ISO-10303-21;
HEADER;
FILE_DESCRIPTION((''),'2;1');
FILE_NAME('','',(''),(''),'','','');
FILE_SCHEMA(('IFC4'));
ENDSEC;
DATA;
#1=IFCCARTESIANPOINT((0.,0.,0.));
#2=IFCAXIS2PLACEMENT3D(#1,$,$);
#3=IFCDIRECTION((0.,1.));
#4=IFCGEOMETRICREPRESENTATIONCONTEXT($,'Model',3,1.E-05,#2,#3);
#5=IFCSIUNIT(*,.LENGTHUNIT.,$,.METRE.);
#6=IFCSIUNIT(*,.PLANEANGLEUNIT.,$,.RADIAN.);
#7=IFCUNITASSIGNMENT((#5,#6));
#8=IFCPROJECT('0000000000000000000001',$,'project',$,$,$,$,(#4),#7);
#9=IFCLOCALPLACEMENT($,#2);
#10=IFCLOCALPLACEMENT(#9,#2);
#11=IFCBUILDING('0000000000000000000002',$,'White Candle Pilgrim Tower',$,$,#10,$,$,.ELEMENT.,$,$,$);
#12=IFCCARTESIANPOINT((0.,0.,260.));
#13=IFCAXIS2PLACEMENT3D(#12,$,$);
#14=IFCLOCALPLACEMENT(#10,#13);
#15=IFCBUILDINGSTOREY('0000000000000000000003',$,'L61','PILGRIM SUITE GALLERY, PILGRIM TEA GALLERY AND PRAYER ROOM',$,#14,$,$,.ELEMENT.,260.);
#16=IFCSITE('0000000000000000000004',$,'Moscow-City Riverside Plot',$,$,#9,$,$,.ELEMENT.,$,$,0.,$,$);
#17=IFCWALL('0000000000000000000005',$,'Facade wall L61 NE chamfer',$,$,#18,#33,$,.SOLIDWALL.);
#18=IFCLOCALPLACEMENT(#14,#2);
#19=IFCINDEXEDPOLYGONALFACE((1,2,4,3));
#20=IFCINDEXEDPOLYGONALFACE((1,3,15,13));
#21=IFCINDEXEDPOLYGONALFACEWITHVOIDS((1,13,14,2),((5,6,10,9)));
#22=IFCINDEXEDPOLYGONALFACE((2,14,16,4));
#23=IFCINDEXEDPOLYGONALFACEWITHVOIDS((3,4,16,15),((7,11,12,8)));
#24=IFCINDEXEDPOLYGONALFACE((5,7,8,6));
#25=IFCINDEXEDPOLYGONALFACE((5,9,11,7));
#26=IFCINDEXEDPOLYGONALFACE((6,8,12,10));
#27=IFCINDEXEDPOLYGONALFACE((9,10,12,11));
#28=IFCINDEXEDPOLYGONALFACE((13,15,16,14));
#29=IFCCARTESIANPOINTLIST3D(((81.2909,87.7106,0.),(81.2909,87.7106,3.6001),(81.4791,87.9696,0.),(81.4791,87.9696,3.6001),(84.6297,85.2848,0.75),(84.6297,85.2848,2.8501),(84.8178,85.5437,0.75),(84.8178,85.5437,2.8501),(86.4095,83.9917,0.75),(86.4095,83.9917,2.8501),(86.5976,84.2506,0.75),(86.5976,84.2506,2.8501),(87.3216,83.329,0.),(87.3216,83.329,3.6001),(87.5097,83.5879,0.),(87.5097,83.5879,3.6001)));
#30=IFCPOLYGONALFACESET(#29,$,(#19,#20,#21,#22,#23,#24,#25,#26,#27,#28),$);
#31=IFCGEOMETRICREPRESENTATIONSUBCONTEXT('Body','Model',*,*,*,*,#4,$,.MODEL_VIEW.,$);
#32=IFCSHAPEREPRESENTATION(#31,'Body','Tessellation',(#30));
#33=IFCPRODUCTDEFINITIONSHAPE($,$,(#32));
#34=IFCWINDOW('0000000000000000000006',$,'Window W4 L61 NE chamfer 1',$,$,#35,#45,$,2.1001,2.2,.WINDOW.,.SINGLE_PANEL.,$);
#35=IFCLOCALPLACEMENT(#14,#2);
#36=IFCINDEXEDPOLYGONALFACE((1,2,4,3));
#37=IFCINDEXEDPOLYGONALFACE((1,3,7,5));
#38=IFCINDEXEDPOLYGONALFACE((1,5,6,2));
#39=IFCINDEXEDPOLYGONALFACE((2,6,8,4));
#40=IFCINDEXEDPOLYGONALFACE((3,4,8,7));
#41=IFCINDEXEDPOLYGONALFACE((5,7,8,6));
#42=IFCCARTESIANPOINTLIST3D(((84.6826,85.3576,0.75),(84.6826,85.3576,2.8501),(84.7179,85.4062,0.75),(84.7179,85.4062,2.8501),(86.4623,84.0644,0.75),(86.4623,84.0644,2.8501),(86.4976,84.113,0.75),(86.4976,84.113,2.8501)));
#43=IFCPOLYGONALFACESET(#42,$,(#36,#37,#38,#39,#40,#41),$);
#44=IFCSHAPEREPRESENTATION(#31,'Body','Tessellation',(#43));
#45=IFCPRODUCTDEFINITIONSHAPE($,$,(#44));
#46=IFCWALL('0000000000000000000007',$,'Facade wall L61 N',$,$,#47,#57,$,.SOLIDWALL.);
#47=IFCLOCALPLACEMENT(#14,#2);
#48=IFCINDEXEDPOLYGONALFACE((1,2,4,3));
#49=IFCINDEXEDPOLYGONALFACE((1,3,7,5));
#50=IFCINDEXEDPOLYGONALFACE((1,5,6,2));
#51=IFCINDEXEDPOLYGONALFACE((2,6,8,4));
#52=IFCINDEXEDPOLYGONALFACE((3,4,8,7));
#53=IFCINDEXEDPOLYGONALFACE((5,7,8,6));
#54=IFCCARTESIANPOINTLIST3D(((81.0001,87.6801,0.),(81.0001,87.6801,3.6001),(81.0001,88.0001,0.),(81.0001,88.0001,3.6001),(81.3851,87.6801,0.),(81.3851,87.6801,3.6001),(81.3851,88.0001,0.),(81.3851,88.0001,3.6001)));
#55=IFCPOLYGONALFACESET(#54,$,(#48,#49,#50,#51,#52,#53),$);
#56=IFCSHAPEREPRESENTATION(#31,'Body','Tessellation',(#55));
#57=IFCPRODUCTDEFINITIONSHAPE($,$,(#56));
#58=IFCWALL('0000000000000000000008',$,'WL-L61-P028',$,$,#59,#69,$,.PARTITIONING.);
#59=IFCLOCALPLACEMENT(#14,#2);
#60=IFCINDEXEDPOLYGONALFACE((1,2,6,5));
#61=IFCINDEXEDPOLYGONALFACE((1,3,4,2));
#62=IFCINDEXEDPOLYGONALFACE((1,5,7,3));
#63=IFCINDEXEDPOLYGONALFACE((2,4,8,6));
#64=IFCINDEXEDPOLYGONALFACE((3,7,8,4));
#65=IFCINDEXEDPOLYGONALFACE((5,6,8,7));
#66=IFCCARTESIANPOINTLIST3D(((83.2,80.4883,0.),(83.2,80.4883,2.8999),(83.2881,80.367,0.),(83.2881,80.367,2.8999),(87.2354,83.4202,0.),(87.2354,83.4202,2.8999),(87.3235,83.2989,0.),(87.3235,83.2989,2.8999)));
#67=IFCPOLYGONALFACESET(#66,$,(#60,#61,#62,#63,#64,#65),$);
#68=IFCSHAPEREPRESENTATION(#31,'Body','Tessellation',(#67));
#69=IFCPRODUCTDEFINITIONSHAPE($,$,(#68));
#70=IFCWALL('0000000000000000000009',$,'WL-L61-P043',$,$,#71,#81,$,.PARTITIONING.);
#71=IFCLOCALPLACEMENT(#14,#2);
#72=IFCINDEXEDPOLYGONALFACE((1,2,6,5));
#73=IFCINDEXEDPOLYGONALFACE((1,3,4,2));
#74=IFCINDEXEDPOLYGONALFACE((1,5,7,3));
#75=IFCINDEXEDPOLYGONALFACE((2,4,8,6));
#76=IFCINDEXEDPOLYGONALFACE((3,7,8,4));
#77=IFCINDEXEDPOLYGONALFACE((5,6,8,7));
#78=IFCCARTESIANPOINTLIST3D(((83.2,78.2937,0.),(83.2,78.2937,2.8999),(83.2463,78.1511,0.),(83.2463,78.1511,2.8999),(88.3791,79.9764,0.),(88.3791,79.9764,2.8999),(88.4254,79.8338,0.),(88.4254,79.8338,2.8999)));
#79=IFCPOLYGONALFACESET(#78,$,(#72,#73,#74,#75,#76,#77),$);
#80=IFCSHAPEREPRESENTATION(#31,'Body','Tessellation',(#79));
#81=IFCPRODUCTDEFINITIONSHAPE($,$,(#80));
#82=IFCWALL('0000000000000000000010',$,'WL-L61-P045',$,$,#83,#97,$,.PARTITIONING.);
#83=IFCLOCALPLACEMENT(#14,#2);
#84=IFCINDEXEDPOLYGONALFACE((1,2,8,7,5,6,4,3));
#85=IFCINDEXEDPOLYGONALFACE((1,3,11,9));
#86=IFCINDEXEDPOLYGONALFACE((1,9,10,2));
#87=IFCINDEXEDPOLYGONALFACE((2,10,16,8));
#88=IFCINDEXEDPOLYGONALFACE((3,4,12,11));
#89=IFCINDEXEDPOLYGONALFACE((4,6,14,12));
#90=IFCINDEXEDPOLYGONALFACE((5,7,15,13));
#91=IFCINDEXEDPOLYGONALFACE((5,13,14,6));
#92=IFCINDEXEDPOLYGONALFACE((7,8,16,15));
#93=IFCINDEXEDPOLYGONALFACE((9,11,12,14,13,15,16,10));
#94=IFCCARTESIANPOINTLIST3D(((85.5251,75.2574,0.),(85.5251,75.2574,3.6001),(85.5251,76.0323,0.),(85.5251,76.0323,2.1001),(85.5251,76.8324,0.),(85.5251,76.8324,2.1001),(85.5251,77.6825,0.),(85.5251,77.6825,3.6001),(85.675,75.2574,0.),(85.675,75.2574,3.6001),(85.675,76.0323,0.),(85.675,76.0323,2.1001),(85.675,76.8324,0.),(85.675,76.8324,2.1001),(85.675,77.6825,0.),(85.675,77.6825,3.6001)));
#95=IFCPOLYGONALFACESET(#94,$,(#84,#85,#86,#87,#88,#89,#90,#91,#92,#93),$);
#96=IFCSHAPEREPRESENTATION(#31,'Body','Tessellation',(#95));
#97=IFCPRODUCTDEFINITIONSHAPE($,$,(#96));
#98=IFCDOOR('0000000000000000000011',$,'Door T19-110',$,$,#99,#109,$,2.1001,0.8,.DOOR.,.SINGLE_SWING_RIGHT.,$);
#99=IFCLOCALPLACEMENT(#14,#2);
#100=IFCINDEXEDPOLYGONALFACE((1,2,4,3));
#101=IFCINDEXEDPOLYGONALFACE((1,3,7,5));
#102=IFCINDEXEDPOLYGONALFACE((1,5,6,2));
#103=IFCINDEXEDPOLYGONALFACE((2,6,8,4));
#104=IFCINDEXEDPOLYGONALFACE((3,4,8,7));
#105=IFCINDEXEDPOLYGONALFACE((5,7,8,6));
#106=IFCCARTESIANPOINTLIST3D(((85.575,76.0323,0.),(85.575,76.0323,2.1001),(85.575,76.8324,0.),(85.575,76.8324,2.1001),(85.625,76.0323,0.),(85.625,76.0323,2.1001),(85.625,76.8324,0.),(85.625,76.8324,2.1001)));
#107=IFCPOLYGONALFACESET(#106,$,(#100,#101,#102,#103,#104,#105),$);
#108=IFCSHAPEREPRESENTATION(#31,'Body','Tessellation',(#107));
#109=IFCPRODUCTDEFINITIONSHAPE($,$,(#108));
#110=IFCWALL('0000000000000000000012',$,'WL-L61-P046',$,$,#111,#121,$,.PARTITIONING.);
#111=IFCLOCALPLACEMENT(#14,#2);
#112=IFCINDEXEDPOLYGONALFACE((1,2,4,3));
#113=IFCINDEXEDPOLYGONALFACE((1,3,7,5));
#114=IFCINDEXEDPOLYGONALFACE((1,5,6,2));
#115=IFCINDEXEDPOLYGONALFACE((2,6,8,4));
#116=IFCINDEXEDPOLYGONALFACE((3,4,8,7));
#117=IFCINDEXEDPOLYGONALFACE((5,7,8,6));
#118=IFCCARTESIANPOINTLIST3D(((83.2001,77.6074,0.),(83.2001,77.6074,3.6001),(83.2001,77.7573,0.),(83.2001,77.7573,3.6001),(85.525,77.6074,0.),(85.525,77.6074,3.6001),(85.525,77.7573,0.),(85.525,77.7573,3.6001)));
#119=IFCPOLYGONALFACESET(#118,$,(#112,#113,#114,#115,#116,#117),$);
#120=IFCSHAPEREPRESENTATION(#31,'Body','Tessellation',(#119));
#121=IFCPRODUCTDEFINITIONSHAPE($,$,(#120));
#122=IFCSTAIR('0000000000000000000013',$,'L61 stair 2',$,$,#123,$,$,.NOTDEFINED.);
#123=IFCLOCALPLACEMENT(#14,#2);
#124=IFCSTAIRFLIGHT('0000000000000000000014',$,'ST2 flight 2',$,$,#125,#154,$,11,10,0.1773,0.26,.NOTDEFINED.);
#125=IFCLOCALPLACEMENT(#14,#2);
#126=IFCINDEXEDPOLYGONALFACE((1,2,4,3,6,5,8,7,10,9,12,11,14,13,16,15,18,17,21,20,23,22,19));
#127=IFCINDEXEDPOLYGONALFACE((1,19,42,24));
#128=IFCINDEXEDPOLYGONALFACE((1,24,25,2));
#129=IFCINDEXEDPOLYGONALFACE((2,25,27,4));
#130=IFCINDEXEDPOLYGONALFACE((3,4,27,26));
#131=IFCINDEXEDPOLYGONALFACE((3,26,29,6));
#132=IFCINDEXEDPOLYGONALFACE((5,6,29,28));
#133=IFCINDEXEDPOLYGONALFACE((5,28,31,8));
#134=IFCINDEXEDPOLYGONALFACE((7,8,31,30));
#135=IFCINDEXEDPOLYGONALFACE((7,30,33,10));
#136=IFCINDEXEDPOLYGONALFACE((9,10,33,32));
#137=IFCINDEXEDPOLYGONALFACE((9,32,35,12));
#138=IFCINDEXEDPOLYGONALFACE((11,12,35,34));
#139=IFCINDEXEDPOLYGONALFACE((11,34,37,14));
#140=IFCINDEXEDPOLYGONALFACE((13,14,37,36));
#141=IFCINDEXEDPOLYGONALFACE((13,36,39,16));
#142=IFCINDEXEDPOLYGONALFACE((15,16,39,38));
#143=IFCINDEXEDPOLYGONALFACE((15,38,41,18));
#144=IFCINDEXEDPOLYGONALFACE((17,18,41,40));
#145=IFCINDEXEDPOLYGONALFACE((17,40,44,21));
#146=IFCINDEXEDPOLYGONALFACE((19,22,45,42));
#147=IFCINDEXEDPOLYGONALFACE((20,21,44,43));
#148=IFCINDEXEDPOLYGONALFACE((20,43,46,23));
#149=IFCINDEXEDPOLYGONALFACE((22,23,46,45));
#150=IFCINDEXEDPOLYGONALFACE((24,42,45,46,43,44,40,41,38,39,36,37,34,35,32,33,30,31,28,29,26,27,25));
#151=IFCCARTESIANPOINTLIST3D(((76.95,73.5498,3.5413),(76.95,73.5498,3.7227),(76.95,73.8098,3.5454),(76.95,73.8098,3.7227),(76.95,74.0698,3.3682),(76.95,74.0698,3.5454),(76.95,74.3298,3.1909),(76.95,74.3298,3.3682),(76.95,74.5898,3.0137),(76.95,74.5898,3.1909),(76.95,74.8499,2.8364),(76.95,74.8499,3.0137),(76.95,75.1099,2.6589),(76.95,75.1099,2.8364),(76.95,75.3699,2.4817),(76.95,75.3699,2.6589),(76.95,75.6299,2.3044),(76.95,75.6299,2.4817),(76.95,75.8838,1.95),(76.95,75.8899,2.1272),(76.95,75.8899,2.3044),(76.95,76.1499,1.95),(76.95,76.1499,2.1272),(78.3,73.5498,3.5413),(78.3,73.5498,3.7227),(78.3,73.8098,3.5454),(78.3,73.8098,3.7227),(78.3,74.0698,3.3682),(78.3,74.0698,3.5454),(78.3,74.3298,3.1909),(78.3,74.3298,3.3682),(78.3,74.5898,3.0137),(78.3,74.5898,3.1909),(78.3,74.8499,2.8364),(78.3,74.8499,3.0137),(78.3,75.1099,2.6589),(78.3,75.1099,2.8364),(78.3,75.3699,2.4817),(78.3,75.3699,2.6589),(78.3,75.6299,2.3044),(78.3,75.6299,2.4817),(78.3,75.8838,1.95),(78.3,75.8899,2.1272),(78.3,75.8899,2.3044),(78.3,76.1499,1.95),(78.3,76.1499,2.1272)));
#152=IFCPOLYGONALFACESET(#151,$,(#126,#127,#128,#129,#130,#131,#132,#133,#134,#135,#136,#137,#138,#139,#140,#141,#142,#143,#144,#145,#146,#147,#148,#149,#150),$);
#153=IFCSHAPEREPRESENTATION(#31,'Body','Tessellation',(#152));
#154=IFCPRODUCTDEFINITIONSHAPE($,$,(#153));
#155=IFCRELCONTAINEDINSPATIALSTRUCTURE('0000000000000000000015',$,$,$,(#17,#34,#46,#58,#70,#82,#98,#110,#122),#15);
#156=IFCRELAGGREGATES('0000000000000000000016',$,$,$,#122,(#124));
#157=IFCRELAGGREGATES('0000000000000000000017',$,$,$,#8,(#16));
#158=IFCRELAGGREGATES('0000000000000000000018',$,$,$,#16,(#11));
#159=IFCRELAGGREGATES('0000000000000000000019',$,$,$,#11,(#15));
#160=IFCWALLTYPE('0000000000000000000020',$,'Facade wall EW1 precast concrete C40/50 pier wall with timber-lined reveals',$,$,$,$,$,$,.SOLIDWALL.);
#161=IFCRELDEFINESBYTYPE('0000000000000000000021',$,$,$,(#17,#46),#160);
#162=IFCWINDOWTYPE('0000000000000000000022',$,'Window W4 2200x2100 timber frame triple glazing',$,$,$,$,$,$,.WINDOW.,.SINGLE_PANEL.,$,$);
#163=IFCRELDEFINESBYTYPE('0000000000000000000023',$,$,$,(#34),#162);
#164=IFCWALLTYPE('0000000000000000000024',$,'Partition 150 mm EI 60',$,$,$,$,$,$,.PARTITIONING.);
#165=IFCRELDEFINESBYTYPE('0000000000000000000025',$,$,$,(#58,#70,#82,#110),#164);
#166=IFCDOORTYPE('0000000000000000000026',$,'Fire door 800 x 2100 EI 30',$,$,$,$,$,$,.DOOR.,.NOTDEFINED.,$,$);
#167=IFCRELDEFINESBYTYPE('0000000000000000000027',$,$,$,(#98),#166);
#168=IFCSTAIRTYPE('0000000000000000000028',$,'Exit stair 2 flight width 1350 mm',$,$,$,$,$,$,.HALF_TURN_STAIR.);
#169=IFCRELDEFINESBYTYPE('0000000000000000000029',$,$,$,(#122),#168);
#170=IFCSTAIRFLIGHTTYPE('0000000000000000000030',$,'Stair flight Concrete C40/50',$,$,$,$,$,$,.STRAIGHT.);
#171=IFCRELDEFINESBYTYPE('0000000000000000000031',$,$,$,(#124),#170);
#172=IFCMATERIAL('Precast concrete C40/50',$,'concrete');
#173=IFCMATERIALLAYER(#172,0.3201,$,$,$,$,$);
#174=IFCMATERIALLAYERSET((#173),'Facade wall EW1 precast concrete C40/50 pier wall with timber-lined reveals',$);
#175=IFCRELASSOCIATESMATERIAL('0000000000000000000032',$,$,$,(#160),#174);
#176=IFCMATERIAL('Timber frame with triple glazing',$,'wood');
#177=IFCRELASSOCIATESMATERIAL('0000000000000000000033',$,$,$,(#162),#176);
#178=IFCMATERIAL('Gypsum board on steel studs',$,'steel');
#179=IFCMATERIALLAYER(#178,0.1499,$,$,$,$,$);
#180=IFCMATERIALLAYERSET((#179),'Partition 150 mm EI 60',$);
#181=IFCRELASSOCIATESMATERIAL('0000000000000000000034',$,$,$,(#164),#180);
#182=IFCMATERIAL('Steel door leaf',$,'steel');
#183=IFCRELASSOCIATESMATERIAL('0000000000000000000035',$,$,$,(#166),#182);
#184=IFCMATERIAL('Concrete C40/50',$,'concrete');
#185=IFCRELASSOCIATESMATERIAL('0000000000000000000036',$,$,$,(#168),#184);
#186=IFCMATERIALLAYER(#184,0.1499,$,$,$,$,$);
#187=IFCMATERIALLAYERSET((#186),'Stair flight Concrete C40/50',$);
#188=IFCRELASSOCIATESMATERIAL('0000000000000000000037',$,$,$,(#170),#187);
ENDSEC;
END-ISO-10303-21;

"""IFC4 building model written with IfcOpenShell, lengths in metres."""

from ifc_helpers import new_model, si_unit, direction, frame, frame_2d, origin, place, context, subcontext, project, spatial, polyline, rectangle, outline, extrude, material, layer, layer_set, type_object, element, fill, aggregate, save


model = new_model("IFC4")

# Units and contexts
model_context = context("Model", 3, precision=1e-05, world=origin(), true_north=direction((0.0, 1.0)))
body_context = subcontext(model_context, "Body", "Model", "MODEL_VIEW")
ifc_project = project(units=[si_unit("LENGTHUNIT", "METRE"), si_unit("PLANEANGLEUNIT", "RADIAN")], contexts=[model_context])

# Site, building, storey
site_placement = place(None, origin())
site = spatial("IfcSite", under=ifc_project, at=site_placement, Name="Moscow-City Riverside Plot", CompositionType="ELEMENT", RefElevation=0.0)
building_placement = place(site_placement, origin())
building = spatial("IfcBuilding", under=site, at=building_placement, Name="White Candle Pilgrim Tower", CompositionType="ELEMENT")
storey_placement = place(building_placement, frame((0.0, 0.0, 260.0)))
storey = spatial("IfcBuildingStorey", under=building, at=storey_placement, Name="L61", Description="PILGRIM SUITE GALLERY, PILGRIM TEA GALLERY AND PRAYER ROOM", CompositionType="ELEMENT", Elevation=260.0)

# Shared definitions
ifc_material_1 = material(Name="Steel door leaf", Category="steel")

# Shared definitions
ifc_material_2 = material(Name="Gypsum board on steel studs", Category="steel")

# Wall, opening, window
ifc_material_3 = material(Name="Precast concrete C40/50", Category="concrete")
ifc_layer_1 = layer(ifc_material_3, 0.3201)
ifc_layer_set_1 = layer_set([ifc_layer_1], Name="Facade wall EW1 precast concrete C40/50 pier wall with timber-lined reveals")
wall_type_1 = type_object("IfcWallType", Name="Facade wall EW1 precast concrete C40/50 pier wall with timber-lined reveals", PredefinedType="SOLIDWALL", material=ifc_layer_set_1)
wall_1_placement = place(storey_placement, frame((87.4155, 83.4585, 0.0), z_axis=(0.0, 0.0, 1.0), x_axis=(-0.809007, 0.5878, 0.0)))
wall_1 = element("IfcWall", 1, at=wall_1_placement, inside=storey, type_object=wall_type_1, Name="Facade wall L61 NE chamfer", PredefinedType="SOLIDWALL", context=body_context, shape_type="SweptSolid", body=[
    extrude(rectangle(XDim=7.4543, YDim=0.3201, at=frame_2d((3.7271, 0.0))), origin(), (0.0, 0.0, 1.0), 3.6001),
])
opening_1_placement = place(wall_1_placement, frame((1.1272, 0.0, 0.75)))
opening_1 = element("IfcOpeningElement", 2, at=opening_1_placement, cuts=wall_1, PredefinedType="OPENING", context=body_context, shape_type="SweptSolid", body=[
    extrude(rectangle(XDim=2.2, YDim=2.1001, at=frame_2d((1.1001, 1.05))), frame((0.0, 0.1699, 0.0), z_axis=(0.0, -1.0, 0.0), x_axis=(1.0, 0.0, 0.0)), (0.0, 0.0, 1.0), 0.3401),
])
ifc_material_4 = material(Name="Timber frame with triple glazing", Category="wood")
window_type = type_object("IfcWindowType", Name="Window W4 2200x2100 timber frame triple glazing", PartitioningType="SINGLE_PANEL", PredefinedType="WINDOW", material=ifc_material_4)
window_placement = place(opening_1_placement, origin())
window = element("IfcWindow", 3, at=window_placement, inside=storey, type_object=window_type, Name="Window W4 L61 NE chamfer 1", OverallHeight=2.1001, OverallWidth=2.2, PartitioningType="SINGLE_PANEL", PredefinedType="WINDOW", context=body_context, shape_type="SweptSolid", body=[
    extrude(rectangle(XDim=2.2, YDim=2.1001, at=frame_2d((1.1001, 1.05))), frame((0.0, 0.0701, 0.0), z_axis=(0.0, -1.0, 0.0), x_axis=(1.0, 0.0, 0.0)), (0.0, 0.0, 1.0), 0.0601),
])
fill(opening_1, window)

# Walls
wall_2_placement = place(storey_placement, frame((81.385, 87.8401, 0.0), z_axis=(0.0, 0.0, 1.0), x_axis=(-1.0, 0.0, 0.0)))
element("IfcWall", 4, at=wall_2_placement, inside=storey, type_object=wall_type_1, Name="Facade wall L61 N", PredefinedType="SOLIDWALL", context=body_context, shape_type="SweptSolid", body=[
    extrude(rectangle(XDim=0.385, YDim=0.3201, at=frame_2d((0.1924, 0.0))), origin(), (0.0, 0.0, 1.0), 3.6001),
])
ifc_layer_2 = layer(ifc_material_2, 0.1499)
ifc_layer_set_2 = layer_set([ifc_layer_2], Name="Partition 150 mm EI 60")
wall_type_2 = type_object("IfcWallType", Name="Partition 150 mm EI 60", PredefinedType="PARTITIONING", material=ifc_layer_set_2)
wall_3_placement = place(storey_placement, frame((87.2795, 83.3596, 0.0), z_axis=(0.0, 0.0, 1.0), x_axis=(-0.809017, -0.587785, 0.0)))
element("IfcWall", 5, at=wall_3_placement, inside=storey, type_object=wall_type_2, Name="WL-L61-P028", PredefinedType="PARTITIONING", context=body_context, shape_type="SweptSolid", body=[
    extrude(rectangle(XDim=4.988, YDim=0.1499, at=frame_2d((2.4941, 0.0))), origin(), (0.0, 0.0, 1.0), 2.8999),
])
wall_4_placement = place(storey_placement, frame((88.4021, 79.905, 0.0), z_axis=(0.0, 0.0, 1.0), x_axis=(-0.951063, -0.308996, 0.0)))
element("IfcWall", 6, at=wall_4_placement, inside=storey, type_object=wall_type_2, Name="WL-L61-P043", PredefinedType="PARTITIONING", context=body_context, shape_type="SweptSolid", body=[
    extrude(rectangle(XDim=5.4456, YDim=0.1499, at=frame_2d((2.7227, 0.0))), origin(), (0.0, 0.0, 1.0), 2.8999),
])

# Wall, opening, door
wall_5_placement = place(storey_placement, frame((85.6001, 77.6824, 0.0), z_axis=(0.0, 0.0, 1.0), x_axis=(0.0, -1.0, 0.0)))
wall_5 = element("IfcWall", 7, at=wall_5_placement, inside=storey, type_object=wall_type_2, Name="WL-L61-P045", PredefinedType="PARTITIONING", context=body_context, shape_type="SweptSolid", body=[
    extrude(rectangle(XDim=2.425, YDim=0.1499, at=frame_2d((1.2124, 0.0))), origin(), (0.0, 0.0, 1.0), 3.6001),
])
opening_2_placement = place(wall_5_placement, frame((0.8501, 0.0, 0.0)))
opening_2 = element("IfcOpeningElement", 8, at=opening_2_placement, cuts=wall_5, PredefinedType="OPENING", context=body_context, shape_type="SweptSolid", body=[
    extrude(rectangle(XDim=0.8, YDim=2.1001, at=frame_2d((0.3999, 1.05))), frame((0.0, 0.085, 0.0), z_axis=(0.0, -1.0, 0.0), x_axis=(1.0, 0.0, 0.0)), (0.0, 0.0, 1.0), 0.1699),
])
door_type_1 = type_object("IfcDoorType", Name="Fire door 800 x 2100 EI 30", OperationType="NOTDEFINED", PredefinedType="DOOR", material=ifc_material_1)
door_1_placement = place(opening_2_placement, origin())
door_1 = element("IfcDoor", 9, at=door_1_placement, inside=storey, type_object=door_type_1, Name="Door T19-110", OperationType="SINGLE_SWING_RIGHT", OverallHeight=2.1001, OverallWidth=0.8, PredefinedType="DOOR", context=body_context, shape_type="SweptSolid", body=[
    extrude(rectangle(XDim=0.8, YDim=2.1001, at=frame_2d((0.3999, 1.05))), frame((0.0, 0.0249, 0.0), z_axis=(0.0, -1.0, 0.0), x_axis=(1.0, 0.0, 0.0)), (0.0, 0.0, 1.0), 0.05),
])
fill(opening_2, door_1)

# Wall
wall_6_placement = place(storey_placement, frame((83.2, 77.6824, 0.0), z_axis=(0.0, 0.0, 1.0), x_axis=(1.0, 0.0, 0.0)))
element("IfcWall", 10, at=wall_6_placement, inside=storey, type_object=wall_type_2, Name="WL-L61-P046", PredefinedType="PARTITIONING", context=body_context, shape_type="SweptSolid", body=[
    extrude(rectangle(XDim=2.325, YDim=0.1499, at=frame_2d((1.1626, 0.0))), origin(), (0.0, 0.0, 1.0), 3.6001),
])

# Stair, stair flight
ifc_material_5 = material(Name="Concrete C40/50", Category="concrete")
stair_type = type_object("IfcStairType", Name="Exit stair 2 flight width 1350 mm", PredefinedType="HALF_TURN_STAIR", material=ifc_material_5)
stair_placement = place(storey_placement, origin())
stair = element("IfcStair", 11, at=stair_placement, inside=storey, type_object=stair_type, Name="L61 stair 2", PredefinedType="NOTDEFINED")
ifc_layer_3 = layer(ifc_material_5, 0.1499)
ifc_layer_set_3 = layer_set([ifc_layer_3], Name="Stair flight Concrete C40/50")
stair_flight_type = type_object("IfcStairFlightType", Name="Stair flight Concrete C40/50", PredefinedType="STRAIGHT", material=ifc_layer_set_3)
stair_flight_placement = place(storey_placement, frame((77.625, 76.1499, 1.95), z_axis=(0.0, 0.0, 1.0), x_axis=(0.0, -1.0, 0.0)))
stair_flight = element("IfcStairFlight", 12, at=stair_flight_placement, type_object=stair_flight_type, Name="ST2 flight 2", NumberOfRisers=11, NumberOfTreads=10, PredefinedType="NOTDEFINED", RiserHeight=0.1773, TreadLength=0.26, context=body_context, shape_type="SweptSolid", body=[
    extrude(outline(polyline([(0.0, 0.0), (0.0, 0.1772), (0.26, 0.1772), (0.26, 0.3545), (0.52, 0.3545), (0.52, 0.5317), (0.78, 0.5317), (0.78, 0.709), (1.04, 0.709), (1.04, 0.8865), (1.3, 0.8865), (1.3, 1.0637), (1.5601, 1.0637), (1.5601, 1.241), (1.8201, 1.241), (1.8201, 1.4182), (2.0801, 1.4182), (2.0801, 1.5955), (2.3401, 1.5955), (2.3401, 1.7727), (2.6001, 1.7727), (2.6001, 1.95), (2.6001, 1.5913), (0.2661, 0.0), (0.0, 0.0)])), frame((0.0, 0.675, 0.0), z_axis=(0.0, -1.0, 0.0), x_axis=(1.0, 0.0, 0.0)), (0.0, 0.0, 1.0), 1.3501),
])
aggregate(stair, [stair_flight])

save(model, "model.ifc")
